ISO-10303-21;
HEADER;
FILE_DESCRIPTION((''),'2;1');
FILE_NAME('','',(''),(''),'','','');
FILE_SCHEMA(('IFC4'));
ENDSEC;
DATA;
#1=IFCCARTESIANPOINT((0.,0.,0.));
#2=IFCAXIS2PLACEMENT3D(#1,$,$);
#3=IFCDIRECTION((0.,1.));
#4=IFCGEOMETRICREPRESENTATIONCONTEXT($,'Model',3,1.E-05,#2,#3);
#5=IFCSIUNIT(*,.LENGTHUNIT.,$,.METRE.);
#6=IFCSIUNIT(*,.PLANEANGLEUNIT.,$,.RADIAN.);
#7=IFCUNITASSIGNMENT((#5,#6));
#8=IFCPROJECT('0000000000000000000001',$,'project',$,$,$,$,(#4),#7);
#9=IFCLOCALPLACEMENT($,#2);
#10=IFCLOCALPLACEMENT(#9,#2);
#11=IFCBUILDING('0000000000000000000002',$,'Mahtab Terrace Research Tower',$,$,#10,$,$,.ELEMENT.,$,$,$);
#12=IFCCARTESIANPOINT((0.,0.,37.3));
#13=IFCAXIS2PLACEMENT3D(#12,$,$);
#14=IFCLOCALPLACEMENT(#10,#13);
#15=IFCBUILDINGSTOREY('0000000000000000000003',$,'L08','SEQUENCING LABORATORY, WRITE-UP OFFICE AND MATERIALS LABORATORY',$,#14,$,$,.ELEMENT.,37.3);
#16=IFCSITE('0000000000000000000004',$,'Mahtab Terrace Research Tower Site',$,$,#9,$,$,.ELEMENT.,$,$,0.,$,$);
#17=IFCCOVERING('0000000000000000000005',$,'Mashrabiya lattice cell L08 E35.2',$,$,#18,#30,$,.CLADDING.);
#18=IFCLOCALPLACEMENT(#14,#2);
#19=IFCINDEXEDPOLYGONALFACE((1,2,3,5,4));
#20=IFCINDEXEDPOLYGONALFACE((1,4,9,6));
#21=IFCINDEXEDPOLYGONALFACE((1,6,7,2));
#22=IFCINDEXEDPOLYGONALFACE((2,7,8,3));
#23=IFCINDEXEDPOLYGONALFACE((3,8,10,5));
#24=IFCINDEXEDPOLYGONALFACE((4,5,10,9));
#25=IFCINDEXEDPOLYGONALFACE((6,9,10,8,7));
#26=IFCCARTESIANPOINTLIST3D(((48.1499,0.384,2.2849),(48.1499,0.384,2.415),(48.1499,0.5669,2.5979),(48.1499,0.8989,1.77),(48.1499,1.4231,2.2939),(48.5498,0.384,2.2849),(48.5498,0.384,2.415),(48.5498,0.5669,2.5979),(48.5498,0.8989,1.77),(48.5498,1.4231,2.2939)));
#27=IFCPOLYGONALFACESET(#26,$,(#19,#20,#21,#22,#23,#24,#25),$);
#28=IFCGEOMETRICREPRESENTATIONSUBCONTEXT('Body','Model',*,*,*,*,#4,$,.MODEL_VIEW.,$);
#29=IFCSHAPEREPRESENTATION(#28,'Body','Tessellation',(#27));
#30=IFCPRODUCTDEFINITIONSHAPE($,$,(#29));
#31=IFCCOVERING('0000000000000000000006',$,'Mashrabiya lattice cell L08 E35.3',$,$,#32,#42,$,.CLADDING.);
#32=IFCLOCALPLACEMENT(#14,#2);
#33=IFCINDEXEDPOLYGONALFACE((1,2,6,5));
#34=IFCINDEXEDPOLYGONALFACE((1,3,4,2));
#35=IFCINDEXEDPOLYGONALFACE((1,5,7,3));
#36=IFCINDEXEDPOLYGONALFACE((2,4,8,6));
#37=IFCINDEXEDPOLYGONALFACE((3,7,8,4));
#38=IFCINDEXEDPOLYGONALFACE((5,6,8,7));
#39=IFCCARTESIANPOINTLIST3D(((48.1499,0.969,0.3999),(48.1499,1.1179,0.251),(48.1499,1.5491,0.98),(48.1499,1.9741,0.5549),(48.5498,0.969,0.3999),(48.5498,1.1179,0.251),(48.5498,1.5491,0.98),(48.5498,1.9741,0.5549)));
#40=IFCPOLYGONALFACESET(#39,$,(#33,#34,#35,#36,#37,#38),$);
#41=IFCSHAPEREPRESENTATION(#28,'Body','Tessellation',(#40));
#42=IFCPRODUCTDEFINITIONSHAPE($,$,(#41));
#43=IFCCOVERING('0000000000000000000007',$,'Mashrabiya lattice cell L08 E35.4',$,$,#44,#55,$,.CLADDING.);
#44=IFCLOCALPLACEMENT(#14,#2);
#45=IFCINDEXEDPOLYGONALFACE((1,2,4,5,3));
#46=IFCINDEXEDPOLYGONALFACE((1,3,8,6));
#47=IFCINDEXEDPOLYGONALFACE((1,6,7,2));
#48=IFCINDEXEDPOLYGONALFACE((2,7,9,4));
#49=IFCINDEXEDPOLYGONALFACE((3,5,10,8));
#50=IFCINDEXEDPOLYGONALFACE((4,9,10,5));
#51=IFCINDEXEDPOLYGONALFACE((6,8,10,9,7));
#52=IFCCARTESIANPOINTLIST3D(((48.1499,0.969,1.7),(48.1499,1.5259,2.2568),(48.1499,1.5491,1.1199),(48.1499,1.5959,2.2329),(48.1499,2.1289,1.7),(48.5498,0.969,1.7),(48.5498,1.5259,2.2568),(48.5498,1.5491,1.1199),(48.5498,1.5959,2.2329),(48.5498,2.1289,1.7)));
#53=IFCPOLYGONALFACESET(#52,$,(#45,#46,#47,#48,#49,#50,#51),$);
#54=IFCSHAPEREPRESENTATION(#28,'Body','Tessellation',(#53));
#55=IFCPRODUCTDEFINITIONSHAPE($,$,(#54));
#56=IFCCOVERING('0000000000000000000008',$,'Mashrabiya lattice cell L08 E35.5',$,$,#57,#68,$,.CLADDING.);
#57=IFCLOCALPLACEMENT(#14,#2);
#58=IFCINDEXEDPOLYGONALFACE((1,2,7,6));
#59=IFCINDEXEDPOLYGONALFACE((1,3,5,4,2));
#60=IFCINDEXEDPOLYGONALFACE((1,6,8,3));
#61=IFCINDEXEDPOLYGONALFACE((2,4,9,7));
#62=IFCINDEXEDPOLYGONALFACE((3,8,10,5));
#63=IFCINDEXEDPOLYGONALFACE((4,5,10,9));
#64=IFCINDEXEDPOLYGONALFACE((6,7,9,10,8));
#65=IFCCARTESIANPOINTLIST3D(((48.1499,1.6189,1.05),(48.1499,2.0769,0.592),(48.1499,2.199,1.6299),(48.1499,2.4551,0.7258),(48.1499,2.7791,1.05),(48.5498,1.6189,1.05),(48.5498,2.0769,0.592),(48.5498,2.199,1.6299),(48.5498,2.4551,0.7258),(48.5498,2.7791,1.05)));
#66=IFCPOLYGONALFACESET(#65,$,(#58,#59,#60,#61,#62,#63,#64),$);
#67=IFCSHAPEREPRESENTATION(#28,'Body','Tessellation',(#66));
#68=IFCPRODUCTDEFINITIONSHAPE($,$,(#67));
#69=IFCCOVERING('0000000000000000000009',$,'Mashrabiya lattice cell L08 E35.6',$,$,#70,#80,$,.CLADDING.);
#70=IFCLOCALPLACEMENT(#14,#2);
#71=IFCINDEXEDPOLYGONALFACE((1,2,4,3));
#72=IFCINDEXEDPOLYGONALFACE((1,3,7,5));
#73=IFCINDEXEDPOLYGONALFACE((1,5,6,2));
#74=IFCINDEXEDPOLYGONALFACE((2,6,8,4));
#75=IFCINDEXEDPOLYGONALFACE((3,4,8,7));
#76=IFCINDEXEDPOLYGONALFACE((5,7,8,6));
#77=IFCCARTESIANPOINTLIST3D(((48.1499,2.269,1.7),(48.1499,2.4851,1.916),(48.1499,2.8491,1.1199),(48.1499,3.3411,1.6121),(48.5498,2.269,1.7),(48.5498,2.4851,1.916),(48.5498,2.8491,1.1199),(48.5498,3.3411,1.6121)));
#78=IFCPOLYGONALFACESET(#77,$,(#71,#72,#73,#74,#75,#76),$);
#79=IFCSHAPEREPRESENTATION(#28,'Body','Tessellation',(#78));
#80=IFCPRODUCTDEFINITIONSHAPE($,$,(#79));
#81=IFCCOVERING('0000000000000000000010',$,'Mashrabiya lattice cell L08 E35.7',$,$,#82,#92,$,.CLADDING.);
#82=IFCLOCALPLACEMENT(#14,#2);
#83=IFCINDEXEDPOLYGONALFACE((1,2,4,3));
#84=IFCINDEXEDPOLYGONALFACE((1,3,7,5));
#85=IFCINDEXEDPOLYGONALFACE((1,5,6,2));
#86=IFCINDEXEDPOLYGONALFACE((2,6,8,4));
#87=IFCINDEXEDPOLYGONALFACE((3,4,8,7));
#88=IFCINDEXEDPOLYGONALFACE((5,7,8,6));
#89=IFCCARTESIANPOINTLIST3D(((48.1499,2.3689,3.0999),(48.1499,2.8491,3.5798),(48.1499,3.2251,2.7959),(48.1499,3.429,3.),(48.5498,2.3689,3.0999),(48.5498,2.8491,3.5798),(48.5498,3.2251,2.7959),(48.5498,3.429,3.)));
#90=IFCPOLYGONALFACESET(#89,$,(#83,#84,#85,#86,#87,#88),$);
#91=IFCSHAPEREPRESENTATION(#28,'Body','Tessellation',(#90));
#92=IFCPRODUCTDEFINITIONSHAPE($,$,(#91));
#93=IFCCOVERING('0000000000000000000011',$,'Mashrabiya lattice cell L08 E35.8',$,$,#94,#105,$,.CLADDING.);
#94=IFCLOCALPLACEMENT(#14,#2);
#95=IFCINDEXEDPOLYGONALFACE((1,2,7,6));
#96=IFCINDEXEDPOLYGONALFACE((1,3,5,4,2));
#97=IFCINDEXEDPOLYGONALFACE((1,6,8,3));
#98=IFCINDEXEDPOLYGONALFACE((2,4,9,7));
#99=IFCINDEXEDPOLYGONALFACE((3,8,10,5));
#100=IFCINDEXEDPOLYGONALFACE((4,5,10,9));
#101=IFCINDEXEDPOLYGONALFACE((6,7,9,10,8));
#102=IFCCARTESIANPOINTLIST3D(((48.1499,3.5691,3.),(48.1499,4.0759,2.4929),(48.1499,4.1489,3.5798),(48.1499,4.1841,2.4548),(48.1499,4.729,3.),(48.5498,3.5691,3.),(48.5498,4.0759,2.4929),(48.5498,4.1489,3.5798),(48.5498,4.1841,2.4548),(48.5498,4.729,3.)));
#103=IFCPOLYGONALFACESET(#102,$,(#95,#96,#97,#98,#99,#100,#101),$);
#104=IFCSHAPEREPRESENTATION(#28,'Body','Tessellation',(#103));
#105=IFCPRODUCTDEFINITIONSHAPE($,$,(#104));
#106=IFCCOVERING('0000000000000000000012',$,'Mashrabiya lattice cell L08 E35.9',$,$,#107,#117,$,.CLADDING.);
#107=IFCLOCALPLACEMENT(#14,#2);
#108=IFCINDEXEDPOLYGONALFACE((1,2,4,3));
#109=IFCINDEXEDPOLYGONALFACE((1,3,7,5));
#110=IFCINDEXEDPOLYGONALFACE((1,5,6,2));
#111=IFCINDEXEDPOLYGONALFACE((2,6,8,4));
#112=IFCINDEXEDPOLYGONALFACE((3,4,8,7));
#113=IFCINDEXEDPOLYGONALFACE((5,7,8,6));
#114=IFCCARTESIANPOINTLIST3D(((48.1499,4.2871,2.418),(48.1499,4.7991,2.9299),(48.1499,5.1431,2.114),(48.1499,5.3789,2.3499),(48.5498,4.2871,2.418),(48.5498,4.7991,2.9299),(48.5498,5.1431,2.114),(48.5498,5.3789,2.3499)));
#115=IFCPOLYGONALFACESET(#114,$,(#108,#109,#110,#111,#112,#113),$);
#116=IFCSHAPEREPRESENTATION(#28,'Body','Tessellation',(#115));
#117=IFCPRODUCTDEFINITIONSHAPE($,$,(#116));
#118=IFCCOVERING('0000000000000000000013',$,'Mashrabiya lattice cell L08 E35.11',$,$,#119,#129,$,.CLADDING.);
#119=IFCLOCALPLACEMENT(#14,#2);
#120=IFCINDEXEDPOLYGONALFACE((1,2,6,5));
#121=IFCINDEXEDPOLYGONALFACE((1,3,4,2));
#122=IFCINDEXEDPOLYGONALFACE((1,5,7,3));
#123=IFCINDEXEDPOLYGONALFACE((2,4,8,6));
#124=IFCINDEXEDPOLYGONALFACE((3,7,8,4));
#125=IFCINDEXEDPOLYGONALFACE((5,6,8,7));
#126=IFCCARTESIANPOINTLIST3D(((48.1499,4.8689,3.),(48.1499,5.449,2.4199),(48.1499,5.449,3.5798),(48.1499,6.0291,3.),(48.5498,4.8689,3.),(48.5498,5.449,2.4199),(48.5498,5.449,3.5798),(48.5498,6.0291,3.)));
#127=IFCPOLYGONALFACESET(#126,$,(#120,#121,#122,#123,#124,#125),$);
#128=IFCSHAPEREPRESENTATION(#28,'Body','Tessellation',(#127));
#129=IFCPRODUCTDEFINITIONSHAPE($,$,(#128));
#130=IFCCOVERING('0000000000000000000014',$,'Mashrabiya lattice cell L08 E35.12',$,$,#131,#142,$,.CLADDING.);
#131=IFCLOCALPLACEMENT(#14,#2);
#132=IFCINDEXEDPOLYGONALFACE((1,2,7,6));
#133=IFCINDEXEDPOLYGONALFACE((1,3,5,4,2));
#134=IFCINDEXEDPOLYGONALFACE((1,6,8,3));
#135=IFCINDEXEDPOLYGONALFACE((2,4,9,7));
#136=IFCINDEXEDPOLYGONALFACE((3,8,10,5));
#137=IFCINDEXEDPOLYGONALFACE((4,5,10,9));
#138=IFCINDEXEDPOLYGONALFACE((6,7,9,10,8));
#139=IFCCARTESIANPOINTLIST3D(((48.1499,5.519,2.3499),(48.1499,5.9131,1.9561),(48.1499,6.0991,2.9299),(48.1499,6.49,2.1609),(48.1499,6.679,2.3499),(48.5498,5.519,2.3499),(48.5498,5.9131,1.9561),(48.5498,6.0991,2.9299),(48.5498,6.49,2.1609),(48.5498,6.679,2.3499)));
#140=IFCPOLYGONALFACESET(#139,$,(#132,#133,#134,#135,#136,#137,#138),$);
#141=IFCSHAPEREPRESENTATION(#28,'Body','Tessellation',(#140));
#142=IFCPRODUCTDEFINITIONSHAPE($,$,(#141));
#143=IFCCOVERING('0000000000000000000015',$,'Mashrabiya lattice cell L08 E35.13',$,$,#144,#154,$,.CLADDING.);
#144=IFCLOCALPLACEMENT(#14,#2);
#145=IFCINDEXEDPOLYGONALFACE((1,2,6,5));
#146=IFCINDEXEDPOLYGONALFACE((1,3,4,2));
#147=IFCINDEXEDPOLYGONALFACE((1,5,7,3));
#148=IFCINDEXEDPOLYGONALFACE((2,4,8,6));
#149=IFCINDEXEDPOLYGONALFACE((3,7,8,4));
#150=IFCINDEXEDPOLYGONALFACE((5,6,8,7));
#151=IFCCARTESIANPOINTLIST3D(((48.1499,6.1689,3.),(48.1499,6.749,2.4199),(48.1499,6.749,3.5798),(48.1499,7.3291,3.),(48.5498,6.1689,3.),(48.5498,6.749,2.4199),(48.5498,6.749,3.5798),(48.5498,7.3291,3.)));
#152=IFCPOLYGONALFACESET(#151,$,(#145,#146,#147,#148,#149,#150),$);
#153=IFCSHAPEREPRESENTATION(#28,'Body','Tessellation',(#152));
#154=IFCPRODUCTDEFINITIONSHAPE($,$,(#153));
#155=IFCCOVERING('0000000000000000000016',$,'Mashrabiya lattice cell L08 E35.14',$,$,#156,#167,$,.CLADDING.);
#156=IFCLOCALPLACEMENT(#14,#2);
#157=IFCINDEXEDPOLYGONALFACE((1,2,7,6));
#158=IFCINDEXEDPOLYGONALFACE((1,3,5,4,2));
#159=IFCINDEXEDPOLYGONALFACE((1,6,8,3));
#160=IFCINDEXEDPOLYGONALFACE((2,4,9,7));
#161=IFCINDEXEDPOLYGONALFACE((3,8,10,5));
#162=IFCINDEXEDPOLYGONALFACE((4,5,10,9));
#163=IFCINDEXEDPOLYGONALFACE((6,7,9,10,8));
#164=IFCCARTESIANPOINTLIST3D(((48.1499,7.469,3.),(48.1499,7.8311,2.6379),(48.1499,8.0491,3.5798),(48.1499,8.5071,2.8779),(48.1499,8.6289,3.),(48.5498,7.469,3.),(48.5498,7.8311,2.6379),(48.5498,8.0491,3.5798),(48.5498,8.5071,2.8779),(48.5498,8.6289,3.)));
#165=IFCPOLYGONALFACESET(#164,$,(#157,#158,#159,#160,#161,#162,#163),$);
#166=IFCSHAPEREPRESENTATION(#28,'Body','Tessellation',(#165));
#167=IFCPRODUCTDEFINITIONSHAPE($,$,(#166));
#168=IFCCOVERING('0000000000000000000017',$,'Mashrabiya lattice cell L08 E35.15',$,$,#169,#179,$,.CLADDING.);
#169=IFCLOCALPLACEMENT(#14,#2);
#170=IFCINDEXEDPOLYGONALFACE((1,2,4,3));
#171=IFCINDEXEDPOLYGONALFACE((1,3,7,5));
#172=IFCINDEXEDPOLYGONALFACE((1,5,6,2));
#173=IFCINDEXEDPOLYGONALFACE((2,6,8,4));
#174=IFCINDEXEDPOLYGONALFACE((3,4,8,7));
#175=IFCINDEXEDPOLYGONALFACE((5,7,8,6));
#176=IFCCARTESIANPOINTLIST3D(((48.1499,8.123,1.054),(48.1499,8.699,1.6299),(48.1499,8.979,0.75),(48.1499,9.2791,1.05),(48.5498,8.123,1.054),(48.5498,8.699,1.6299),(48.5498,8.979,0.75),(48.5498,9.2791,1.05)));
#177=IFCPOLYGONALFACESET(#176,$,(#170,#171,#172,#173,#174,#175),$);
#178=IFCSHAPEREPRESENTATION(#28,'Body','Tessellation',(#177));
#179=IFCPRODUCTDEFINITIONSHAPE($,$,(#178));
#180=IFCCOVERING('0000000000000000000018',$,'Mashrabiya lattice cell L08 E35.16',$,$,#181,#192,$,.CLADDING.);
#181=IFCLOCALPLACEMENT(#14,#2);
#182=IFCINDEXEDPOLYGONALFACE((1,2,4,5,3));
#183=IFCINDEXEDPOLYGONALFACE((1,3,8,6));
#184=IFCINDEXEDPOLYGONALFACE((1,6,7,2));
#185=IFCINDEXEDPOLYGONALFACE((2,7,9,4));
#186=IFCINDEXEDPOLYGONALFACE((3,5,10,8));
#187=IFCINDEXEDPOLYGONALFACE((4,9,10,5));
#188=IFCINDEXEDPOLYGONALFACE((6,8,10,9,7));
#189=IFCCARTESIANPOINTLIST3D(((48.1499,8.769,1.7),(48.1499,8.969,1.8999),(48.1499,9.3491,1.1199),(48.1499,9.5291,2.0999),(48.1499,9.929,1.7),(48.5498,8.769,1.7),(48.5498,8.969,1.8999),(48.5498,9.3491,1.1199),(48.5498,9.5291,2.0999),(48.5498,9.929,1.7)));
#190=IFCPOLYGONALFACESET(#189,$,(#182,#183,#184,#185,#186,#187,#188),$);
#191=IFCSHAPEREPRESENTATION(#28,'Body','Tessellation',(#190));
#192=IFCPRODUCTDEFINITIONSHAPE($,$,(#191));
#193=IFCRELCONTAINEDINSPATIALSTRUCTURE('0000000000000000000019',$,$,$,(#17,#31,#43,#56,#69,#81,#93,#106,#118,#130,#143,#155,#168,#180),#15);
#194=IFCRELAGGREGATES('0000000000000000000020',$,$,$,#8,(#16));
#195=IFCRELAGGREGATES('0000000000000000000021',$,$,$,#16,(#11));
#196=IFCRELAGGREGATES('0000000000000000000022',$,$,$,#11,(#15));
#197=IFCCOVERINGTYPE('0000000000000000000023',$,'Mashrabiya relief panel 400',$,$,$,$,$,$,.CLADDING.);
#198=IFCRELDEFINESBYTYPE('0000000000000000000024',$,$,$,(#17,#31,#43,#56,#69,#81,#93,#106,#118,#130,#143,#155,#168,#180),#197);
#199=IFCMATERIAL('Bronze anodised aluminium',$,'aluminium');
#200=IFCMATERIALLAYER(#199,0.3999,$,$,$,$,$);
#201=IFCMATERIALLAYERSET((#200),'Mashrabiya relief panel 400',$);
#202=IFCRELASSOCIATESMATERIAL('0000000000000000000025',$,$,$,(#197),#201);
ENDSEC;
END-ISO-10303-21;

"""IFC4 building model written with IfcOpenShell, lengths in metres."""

from ifc_helpers import new_model, si_unit, direction, frame, origin, place, context, subcontext, project, spatial, polyline, outline, extrude, material, layer, layer_set, type_object, element, save


model = new_model("IFC4")

# Units and contexts
model_context = context("Model", 3, precision=1e-05, world=origin(), true_north=direction((0.0, 1.0)))
body_context = subcontext(model_context, "Body", "Model", "MODEL_VIEW")
ifc_project = project(units=[si_unit("LENGTHUNIT", "METRE"), si_unit("PLANEANGLEUNIT", "RADIAN")], contexts=[model_context])

# Site, building, storey
site_placement = place(None, origin())
site = spatial("IfcSite", under=ifc_project, at=site_placement, Name="Mahtab Terrace Research Tower Site", CompositionType="ELEMENT", RefElevation=0.0)
building_placement = place(site_placement, origin())
building = spatial("IfcBuilding", under=site, at=building_placement, Name="Mahtab Terrace Research Tower", CompositionType="ELEMENT")
storey_placement = place(building_placement, frame((0.0, 0.0, 37.3)))
storey = spatial("IfcBuildingStorey", under=building, at=storey_placement, Name="L08", Description="SEQUENCING LABORATORY, WRITE-UP OFFICE AND MATERIALS LABORATORY", CompositionType="ELEMENT", Elevation=37.3)

# Coverings
ifc_material_1 = material(Name="Bronze anodised aluminium", Category="aluminium")
ifc_layer_1 = layer(ifc_material_1, 0.3999)
ifc_layer_set_1 = layer_set([ifc_layer_1], Name="Mashrabiya relief panel 400")
covering_type = type_object("IfcCoveringType", Name="Mashrabiya relief panel 400", PredefinedType="CLADDING", material=ifc_layer_set_1)
covering_1_placement = place(storey_placement, frame((48.1499, 0.8989, 1.77), z_axis=(-1.0, 0.0, 0.0), x_axis=(0.0, -0.707107, 0.707107)))
element("IfcCovering", 1, at=covering_1_placement, inside=storey, type_object=covering_type, Name="Mashrabiya lattice cell L08 E35.2", PredefinedType="CLADDING", context=body_context, shape_type="SweptSolid", body=[
    extrude(outline(polyline([(0.0, 0.0), (0.7282, 0.0), (0.8202, 0.092), (0.8202, 0.3506), (-0.0002, 0.7411), (0.0, 0.0)])), origin(), (0.0, 0.0, -1.0), 0.3999),
])
covering_2_placement = place(storey_placement, frame((48.1499, 0.969, 0.3999), z_axis=(-1.0, 0.0, 0.0), x_axis=(0.0, 0.707107, 0.707107)))
element("IfcCovering", 2, at=covering_2_placement, inside=storey, type_object=covering_type, Name="Mashrabiya lattice cell L08 E35.3", PredefinedType="CLADDING", context=body_context, shape_type="SweptSolid", body=[
    extrude(outline(polyline([(0.0, 0.0), (0.8204, 0.0), (0.8204, 0.6011), (0.0, 0.2106), (0.0, 0.0)])), origin(), (0.0, 0.0, -1.0), 0.3999),
])
covering_3_placement = place(storey_placement, frame((48.1499, 2.1289, 1.7), z_axis=(-1.0, 0.0, 0.0), x_axis=(0.0, -0.706958, -0.707256)))
element("IfcCovering", 3, at=covering_3_placement, inside=storey, type_object=covering_type, Name="Mashrabiya lattice cell L08 E35.4", PredefinedType="CLADDING", context=body_context, shape_type="SweptSolid", body=[
    extrude(outline(polyline([(0.0, 0.0), (0.8202, 0.0), (0.82, 0.8204), (0.0325, 0.8202), (-0.0002, 0.7537), (0.0, 0.0)])), origin(), (0.0, 0.0, -1.0), 0.3999),
])
covering_4_placement = place(storey_placement, frame((48.1499, 1.6189, 1.05), z_axis=(-1.0, 0.0, 0.0), x_axis=(0.0, 0.707256, 0.706958)))
element("IfcCovering", 4, at=covering_4_placement, inside=storey, type_object=covering_type, Name="Mashrabiya lattice cell L08 E35.5", PredefinedType="CLADDING", context=body_context, shape_type="SweptSolid", body=[
    extrude(outline(polyline([(0.0, 0.0), (0.8202, 0.0), (0.8205, 0.8202), (0.3622, 0.8205), (0.0001, 0.6477), (0.0, 0.0)])), origin(), (0.0, 0.0, -1.0), 0.3999),
])
covering_5_placement = place(storey_placement, frame((48.1499, 2.8491, 1.1199), z_axis=(-1.0, 0.0, 0.0), x_axis=(0.0, -0.707107, 0.707107)))
element("IfcCovering", 5, at=covering_5_placement, inside=storey, type_object=covering_type, Name="Mashrabiya lattice cell L08 E35.6", PredefinedType="CLADDING", context=body_context, shape_type="SweptSolid", body=[
    extrude(outline(polyline([(0.0, 0.0), (0.8204, 0.0), (0.8204, 0.3056), (0.0002, 0.6959), (0.0, 0.0)])), origin(), (0.0, 0.0, -1.0), 0.3999),
])
covering_6_placement = place(storey_placement, frame((48.1499, 2.8491, 3.5798), z_axis=(-1.0, 0.0, 0.0), x_axis=(0.0, 0.707107, -0.707107)))
element("IfcCovering", 6, at=covering_6_placement, inside=storey, type_object=covering_type, Name="Mashrabiya lattice cell L08 E35.7", PredefinedType="CLADDING", context=body_context, shape_type="SweptSolid", body=[
    extrude(outline(polyline([(0.0, 0.0), (0.82, 0.0), (0.8202, 0.2885), (-0.0002, 0.679), (0.0, 0.0)])), origin(), (0.0, 0.0, -1.0), 0.3999),
])
covering_7_placement = place(storey_placement, frame((48.1499, 3.5691, 3.0), z_axis=(-1.0, 0.0, 0.0), x_axis=(0.0, 0.707107, 0.707107)))
element("IfcCovering", 7, at=covering_7_placement, inside=storey, type_object=covering_type, Name="Mashrabiya lattice cell L08 E35.8", PredefinedType="CLADDING", context=body_context, shape_type="SweptSolid", body=[
    extrude(outline(polyline([(0.0, 0.0), (0.82, 0.0), (0.8202, 0.8202), (0.0494, 0.8204), (-0.0002, 0.7169), (0.0, 0.0)])), origin(), (0.0, 0.0, -1.0), 0.3999),
])
covering_8_placement = place(storey_placement, frame((48.1499, 4.7991, 2.9299), z_axis=(-1.0, 0.0, 0.0), x_axis=(0.0, 0.706958, -0.707256)))
element("IfcCovering", 8, at=covering_8_placement, inside=storey, type_object=covering_type, Name="Mashrabiya lattice cell L08 E35.9", PredefinedType="CLADDING", context=body_context, shape_type="SweptSolid", body=[
    extrude(outline(polyline([(0.0, 0.0), (0.8202, 0.0), (0.8203, 0.3335), (0.0002, 0.724), (0.0, 0.0)])), origin(), (0.0, 0.0, -1.0), 0.3999),
])
covering_9_placement = place(storey_placement, frame((48.1499, 5.449, 3.5798), z_axis=(-1.0, 0.0, 0.0), x_axis=(0.0, 0.707256, -0.706958)))
element("IfcCovering", 9, at=covering_9_placement, inside=storey, type_object=covering_type, Name="Mashrabiya lattice cell L08 E35.11", PredefinedType="CLADDING", context=body_context, shape_type="SweptSolid", body=[
    extrude(outline(polyline([(0.0, 0.0), (0.8202, 0.0), (0.82, 0.8204), (-0.0003, 0.8202), (0.0, 0.0)])), origin(), (0.0, 0.0, -1.0), 0.3999),
])
covering_10_placement = place(storey_placement, frame((48.1499, 5.519, 2.3499), z_axis=(-1.0, 0.0, 0.0), x_axis=(0.0, 0.707107, 0.707107)))
element("IfcCovering", 10, at=covering_10_placement, inside=storey, type_object=covering_type, Name="Mashrabiya lattice cell L08 E35.12", PredefinedType="CLADDING", context=body_context, shape_type="SweptSolid", body=[
    extrude(outline(polyline([(0.0, 0.0), (0.8204, 0.0), (0.8202, 0.8202), (0.5529, 0.8202), (0.0002, 0.5571), (0.0, 0.0)])), origin(), (0.0, 0.0, -1.0), 0.3999),
])
covering_11_placement = place(storey_placement, frame((48.1499, 6.749, 3.5798), z_axis=(-1.0, 0.0, 0.0), x_axis=(0.0, 0.707256, -0.706958)))
element("IfcCovering", 11, at=covering_11_placement, inside=storey, type_object=covering_type, Name="Mashrabiya lattice cell L08 E35.13", PredefinedType="CLADDING", context=body_context, shape_type="SweptSolid", body=[
    extrude(outline(polyline([(0.0, 0.0), (0.8202, 0.0), (0.82, 0.8204), (-0.0003, 0.8202), (0.0, 0.0)])), origin(), (0.0, 0.0, -1.0), 0.3999),
])
covering_12_placement = place(storey_placement, frame((48.1499, 7.469, 3.0), z_axis=(-1.0, 0.0, 0.0), x_axis=(0.0, 0.707256, 0.706958)))
element("IfcCovering", 12, at=covering_12_placement, inside=storey, type_object=covering_type, Name="Mashrabiya lattice cell L08 E35.14", PredefinedType="CLADDING", context=body_context, shape_type="SweptSolid", body=[
    extrude(outline(polyline([(0.0, 0.0), (0.8202, 0.0), (0.8204, 0.82), (0.6479, 0.8202), (0.0001, 0.512), (0.0, 0.0)])), origin(), (0.0, 0.0, -1.0), 0.3999),
])
covering_13_placement = place(storey_placement, frame((48.1499, 8.699, 1.6299), z_axis=(-1.0, 0.0, 0.0), x_axis=(0.0, 0.707256, -0.706958)))
element("IfcCovering", 13, at=covering_13_placement, inside=storey, type_object=covering_type, Name="Mashrabiya lattice cell L08 E35.15", PredefinedType="CLADDING", context=body_context, shape_type="SweptSolid", body=[
    extrude(outline(polyline([(0.0, 0.0), (0.8202, 0.0), (0.8201, 0.4243), (-0.0002, 0.8145), (0.0, 0.0)])), origin(), (0.0, 0.0, -1.0), 0.3999),
])
covering_14_placement = place(storey_placement, frame((48.1499, 9.929, 1.7), z_axis=(-1.0, 0.0, 0.0), x_axis=(0.0, -0.706958, -0.707256)))
element("IfcCovering", 14, at=covering_14_placement, inside=storey, type_object=covering_type, Name="Mashrabiya lattice cell L08 E35.16", PredefinedType="CLADDING", context=body_context, shape_type="SweptSolid", body=[
    extrude(outline(polyline([(0.0, 0.0), (0.8202, 0.0), (0.82, 0.8204), (0.5372, 0.8203), (-0.0001, 0.5655), (0.0, 0.0)])), origin(), (0.0, 0.0, -1.0), 0.3999),
])

save(model, "model.ifc")
